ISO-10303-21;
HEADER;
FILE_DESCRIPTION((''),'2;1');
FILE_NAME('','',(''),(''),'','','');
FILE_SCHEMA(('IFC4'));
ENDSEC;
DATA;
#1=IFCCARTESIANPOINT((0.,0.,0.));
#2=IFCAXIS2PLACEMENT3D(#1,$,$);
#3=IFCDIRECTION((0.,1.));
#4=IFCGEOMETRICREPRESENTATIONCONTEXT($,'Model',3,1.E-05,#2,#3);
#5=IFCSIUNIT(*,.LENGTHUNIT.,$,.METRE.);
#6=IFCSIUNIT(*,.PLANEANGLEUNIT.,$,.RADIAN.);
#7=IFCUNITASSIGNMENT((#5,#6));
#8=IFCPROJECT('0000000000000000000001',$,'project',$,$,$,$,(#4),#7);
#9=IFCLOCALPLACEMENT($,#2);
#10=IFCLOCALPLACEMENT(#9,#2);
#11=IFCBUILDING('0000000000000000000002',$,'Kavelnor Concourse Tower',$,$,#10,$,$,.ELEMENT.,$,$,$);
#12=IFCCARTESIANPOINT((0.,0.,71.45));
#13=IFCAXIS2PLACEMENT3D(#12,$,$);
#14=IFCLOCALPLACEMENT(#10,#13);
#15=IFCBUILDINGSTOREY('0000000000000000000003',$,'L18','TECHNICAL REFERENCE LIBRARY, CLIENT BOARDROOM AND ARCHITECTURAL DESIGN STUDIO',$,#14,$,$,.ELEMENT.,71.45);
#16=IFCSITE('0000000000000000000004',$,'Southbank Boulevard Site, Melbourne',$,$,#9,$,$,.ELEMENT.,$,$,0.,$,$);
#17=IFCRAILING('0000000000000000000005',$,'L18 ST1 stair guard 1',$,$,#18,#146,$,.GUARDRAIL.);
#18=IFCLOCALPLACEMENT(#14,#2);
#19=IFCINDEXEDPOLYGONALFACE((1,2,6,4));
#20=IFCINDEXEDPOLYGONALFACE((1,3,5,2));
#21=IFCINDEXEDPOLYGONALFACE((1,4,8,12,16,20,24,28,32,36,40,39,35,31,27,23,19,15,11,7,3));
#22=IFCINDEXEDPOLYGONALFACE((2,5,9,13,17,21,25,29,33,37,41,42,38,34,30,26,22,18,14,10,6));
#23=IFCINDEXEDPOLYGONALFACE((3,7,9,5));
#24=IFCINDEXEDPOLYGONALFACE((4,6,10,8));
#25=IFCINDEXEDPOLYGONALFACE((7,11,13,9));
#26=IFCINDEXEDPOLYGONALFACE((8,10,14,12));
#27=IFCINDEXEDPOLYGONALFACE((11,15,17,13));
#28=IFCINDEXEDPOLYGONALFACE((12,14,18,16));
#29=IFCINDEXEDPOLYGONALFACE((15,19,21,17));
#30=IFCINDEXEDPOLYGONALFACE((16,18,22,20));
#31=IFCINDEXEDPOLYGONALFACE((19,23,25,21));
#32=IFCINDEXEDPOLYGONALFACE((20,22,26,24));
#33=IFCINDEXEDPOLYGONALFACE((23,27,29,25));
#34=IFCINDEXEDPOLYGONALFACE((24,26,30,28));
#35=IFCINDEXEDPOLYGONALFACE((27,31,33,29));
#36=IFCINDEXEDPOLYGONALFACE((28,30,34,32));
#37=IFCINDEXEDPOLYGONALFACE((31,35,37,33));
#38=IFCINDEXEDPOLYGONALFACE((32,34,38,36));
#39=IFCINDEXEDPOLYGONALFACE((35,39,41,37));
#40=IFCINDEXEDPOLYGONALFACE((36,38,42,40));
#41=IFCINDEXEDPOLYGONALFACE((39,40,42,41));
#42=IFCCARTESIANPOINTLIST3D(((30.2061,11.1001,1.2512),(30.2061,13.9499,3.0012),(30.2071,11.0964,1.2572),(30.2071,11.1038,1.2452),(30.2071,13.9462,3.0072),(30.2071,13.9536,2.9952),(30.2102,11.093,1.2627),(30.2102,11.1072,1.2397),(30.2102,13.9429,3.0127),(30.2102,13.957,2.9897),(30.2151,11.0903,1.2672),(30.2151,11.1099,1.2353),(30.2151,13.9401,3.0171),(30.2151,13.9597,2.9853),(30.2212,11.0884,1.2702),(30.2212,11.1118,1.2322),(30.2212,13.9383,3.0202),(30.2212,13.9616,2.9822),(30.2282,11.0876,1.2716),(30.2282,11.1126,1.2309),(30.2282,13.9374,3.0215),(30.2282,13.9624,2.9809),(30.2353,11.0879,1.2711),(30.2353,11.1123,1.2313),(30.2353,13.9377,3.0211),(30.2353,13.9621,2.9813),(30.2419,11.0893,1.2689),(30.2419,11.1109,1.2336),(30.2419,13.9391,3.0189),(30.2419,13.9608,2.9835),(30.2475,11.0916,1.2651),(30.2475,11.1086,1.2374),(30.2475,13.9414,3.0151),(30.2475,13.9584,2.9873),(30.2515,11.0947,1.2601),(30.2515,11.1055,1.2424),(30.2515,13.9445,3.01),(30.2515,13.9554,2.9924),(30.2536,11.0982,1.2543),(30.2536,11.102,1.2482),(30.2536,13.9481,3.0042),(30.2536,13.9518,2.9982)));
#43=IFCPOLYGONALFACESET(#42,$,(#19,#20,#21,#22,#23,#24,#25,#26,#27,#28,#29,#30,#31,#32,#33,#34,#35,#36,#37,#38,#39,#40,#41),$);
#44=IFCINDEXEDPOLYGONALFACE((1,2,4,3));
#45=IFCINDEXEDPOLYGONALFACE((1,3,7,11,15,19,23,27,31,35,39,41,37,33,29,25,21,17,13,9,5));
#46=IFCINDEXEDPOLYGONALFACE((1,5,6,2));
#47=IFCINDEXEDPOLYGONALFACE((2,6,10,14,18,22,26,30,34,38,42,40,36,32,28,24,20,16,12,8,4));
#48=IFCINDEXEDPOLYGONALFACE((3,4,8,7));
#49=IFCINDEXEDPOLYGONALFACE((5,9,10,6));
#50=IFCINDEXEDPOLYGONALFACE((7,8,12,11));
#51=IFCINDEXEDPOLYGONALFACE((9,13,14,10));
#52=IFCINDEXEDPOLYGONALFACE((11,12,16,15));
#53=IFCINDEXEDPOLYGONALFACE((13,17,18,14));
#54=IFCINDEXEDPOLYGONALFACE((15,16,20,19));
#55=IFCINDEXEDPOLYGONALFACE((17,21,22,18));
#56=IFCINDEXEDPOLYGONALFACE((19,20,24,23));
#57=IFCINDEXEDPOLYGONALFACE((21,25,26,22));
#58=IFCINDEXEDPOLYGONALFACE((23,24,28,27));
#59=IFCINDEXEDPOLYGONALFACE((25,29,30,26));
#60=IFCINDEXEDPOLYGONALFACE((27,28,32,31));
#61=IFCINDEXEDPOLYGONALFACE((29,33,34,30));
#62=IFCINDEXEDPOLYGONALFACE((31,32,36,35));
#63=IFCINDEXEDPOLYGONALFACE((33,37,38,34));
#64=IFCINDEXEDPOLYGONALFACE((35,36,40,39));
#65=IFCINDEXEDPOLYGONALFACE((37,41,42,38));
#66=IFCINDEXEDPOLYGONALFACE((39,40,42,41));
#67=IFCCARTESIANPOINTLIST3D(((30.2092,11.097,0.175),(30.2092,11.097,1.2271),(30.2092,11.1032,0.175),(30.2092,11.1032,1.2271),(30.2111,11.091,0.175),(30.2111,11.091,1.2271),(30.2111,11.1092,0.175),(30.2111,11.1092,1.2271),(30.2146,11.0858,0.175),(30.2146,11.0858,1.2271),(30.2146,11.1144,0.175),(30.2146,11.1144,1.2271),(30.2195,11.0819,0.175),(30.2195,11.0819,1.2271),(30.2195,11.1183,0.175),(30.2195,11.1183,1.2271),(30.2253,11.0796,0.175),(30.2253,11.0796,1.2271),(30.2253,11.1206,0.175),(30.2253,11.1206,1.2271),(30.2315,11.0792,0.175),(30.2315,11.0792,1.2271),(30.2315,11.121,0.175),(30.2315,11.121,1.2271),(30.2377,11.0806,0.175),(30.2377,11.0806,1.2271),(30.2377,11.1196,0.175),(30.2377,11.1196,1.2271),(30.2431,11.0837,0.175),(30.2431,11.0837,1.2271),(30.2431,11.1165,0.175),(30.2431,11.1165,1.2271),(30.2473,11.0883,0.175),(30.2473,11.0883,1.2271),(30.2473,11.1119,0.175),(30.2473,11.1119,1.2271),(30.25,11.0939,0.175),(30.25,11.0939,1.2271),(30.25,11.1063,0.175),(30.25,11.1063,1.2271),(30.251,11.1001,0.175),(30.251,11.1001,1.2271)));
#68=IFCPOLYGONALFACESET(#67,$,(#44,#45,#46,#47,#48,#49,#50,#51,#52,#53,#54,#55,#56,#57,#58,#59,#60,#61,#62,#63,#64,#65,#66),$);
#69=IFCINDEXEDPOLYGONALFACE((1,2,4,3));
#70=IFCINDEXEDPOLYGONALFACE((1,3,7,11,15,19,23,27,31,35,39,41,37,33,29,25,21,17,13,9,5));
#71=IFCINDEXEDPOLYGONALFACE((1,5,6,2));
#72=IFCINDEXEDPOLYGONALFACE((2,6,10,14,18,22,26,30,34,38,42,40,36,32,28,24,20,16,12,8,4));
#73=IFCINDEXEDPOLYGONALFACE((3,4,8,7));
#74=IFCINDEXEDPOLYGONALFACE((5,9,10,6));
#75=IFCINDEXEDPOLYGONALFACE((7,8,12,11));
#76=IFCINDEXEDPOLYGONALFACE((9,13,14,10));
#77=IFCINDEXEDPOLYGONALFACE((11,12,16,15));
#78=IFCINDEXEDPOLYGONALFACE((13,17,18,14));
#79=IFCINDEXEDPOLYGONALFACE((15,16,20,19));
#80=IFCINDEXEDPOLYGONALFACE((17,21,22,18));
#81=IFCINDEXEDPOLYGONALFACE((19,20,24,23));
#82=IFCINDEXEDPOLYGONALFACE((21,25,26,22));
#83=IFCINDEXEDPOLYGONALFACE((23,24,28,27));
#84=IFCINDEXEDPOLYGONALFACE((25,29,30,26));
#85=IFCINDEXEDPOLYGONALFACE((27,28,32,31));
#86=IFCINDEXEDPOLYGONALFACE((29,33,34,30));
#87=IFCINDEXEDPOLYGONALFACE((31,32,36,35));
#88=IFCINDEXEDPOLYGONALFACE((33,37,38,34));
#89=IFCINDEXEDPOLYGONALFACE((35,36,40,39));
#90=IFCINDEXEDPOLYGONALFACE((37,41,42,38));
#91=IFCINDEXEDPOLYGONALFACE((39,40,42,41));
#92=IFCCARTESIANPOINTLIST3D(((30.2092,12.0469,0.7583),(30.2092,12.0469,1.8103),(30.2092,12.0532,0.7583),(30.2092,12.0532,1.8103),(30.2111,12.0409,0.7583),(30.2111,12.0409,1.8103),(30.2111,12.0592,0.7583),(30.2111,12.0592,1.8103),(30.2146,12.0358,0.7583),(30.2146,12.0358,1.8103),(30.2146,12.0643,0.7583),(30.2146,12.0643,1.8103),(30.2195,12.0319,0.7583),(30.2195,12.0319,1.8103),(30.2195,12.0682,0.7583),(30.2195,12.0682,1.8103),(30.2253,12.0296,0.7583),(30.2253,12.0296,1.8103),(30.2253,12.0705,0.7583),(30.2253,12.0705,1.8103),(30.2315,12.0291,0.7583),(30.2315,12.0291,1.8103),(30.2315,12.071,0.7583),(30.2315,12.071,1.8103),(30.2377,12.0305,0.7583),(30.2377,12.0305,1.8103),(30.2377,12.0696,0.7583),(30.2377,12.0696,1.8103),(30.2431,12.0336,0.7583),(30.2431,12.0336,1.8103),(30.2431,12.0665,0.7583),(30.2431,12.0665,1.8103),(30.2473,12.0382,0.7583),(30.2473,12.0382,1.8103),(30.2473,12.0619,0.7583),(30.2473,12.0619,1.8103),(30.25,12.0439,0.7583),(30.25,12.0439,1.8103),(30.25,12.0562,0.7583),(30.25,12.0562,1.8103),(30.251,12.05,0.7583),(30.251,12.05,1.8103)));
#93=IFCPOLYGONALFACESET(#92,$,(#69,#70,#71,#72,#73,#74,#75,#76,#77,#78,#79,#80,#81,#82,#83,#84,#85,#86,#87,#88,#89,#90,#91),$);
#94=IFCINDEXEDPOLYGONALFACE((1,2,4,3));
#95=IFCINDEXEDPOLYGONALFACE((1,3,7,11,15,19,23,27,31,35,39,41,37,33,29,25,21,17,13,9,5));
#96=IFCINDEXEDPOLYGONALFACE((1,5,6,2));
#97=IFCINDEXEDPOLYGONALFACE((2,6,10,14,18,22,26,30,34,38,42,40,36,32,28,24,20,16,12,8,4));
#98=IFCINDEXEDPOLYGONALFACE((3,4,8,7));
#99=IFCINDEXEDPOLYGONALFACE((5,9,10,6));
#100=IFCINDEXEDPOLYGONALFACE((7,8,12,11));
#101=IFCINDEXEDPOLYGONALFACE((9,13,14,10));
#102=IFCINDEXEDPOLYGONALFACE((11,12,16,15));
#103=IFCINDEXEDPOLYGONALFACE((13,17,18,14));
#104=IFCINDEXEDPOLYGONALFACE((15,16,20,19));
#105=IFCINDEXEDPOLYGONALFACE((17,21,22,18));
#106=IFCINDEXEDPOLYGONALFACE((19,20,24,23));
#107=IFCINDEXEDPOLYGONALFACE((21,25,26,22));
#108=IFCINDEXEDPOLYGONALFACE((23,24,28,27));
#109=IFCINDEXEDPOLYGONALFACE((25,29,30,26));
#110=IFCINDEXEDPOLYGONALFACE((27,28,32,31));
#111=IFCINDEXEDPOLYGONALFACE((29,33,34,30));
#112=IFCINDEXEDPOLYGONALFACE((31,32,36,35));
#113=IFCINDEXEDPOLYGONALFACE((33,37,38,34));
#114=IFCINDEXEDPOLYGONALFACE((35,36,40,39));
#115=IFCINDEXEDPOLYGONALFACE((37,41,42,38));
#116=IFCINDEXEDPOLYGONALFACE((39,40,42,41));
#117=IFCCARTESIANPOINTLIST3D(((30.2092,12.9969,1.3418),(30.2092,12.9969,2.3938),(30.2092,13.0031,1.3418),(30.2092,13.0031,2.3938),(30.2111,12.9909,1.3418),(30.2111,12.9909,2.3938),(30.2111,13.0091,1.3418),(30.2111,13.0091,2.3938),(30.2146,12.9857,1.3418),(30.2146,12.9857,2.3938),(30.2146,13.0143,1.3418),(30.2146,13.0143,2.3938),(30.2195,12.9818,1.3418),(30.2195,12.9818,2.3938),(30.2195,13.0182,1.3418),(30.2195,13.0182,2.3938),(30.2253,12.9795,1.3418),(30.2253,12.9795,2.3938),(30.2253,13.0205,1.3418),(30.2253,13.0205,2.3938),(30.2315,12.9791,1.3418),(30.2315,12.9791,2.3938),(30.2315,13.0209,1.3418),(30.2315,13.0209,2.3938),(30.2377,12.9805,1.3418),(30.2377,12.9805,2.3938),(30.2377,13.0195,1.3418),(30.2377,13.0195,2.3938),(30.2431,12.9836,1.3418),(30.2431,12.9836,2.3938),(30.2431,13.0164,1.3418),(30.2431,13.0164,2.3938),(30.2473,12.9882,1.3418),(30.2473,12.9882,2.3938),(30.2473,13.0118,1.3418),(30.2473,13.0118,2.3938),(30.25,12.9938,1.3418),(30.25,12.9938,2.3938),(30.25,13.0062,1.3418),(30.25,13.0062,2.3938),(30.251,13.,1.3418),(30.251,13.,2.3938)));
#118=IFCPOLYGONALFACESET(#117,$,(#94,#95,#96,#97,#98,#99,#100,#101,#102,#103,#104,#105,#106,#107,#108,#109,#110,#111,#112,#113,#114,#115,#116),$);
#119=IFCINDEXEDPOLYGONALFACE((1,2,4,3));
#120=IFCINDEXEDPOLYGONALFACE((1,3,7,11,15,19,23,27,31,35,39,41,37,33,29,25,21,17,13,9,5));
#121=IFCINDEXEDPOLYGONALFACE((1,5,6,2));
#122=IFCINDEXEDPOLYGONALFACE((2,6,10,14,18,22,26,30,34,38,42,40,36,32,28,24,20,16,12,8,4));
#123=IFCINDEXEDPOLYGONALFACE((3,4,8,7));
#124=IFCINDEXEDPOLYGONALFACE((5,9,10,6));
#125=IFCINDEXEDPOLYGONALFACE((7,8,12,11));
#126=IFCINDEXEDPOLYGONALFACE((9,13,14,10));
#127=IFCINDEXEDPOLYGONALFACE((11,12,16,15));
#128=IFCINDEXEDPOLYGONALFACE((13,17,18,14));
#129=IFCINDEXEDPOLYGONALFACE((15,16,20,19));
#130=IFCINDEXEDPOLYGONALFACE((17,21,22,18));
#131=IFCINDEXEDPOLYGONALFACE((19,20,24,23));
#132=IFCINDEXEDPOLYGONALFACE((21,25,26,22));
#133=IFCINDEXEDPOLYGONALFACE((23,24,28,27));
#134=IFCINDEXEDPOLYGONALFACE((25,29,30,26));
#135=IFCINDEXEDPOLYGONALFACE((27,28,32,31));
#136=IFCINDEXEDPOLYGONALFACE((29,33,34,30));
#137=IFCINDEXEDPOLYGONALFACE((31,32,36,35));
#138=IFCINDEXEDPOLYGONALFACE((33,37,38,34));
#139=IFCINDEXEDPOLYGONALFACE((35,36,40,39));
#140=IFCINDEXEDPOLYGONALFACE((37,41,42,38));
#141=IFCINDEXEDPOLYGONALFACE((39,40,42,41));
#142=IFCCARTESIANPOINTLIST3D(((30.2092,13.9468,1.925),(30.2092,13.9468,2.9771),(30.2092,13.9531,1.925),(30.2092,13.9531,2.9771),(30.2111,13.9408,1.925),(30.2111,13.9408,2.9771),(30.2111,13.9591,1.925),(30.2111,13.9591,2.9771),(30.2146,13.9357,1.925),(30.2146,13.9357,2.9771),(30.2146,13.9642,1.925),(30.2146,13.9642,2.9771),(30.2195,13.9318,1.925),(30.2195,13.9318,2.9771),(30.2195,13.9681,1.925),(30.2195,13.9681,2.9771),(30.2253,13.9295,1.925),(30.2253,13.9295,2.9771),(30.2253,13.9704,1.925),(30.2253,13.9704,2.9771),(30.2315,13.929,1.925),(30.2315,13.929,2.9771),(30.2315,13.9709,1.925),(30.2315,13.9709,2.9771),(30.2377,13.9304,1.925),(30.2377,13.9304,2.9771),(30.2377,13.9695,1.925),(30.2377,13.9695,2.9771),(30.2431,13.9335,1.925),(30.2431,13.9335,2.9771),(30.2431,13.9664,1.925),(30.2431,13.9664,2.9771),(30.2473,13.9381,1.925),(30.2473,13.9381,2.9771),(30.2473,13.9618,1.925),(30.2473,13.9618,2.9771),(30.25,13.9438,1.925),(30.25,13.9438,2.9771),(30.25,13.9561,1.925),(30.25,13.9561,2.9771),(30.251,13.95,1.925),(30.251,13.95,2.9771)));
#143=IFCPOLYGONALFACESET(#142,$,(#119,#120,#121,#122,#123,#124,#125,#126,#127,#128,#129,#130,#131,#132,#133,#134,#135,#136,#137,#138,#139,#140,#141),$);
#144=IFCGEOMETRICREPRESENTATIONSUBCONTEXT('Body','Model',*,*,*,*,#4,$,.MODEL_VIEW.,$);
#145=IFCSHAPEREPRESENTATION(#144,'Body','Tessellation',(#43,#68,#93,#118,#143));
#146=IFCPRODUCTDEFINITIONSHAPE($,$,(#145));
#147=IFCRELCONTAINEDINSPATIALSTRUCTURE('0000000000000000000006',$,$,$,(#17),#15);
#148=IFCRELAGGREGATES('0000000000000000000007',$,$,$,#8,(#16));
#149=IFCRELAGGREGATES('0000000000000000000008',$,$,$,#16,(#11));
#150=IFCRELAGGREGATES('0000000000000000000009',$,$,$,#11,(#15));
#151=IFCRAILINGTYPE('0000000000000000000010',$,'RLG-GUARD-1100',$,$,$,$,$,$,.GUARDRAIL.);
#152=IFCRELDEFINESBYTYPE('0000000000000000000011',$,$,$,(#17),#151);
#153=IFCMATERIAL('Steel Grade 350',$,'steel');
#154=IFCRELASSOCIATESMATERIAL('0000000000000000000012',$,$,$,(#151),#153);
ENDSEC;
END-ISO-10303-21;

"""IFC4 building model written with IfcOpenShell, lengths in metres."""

from ifc_helpers import new_model, si_unit, direction, frame, origin, origin_2d, place, context, subcontext, project, spatial, circle, extrude, material, type_object, element, save


model = new_model("IFC4")

# Units and contexts
model_context = context("Model", 3, precision=1e-05, world=origin(), true_north=direction((0.0, 1.0)))
body_context = subcontext(model_context, "Body", "Model", "MODEL_VIEW")
ifc_project = project(units=[si_unit("LENGTHUNIT", "METRE"), si_unit("PLANEANGLEUNIT", "RADIAN")], contexts=[model_context])

# Site, building, storey
site_placement = place(None, origin())
site = spatial("IfcSite", under=ifc_project, at=site_placement, Name="Southbank Boulevard Site, Melbourne", CompositionType="ELEMENT", RefElevation=0.0)
building_placement = place(site_placement, origin())
building = spatial("IfcBuilding", under=site, at=building_placement, Name="Kavelnor Concourse Tower", CompositionType="ELEMENT")
storey_placement = place(building_placement, frame((0.0, 0.0, 71.45)))
storey = spatial("IfcBuildingStorey", under=building, at=storey_placement, Name="L18", Description="TECHNICAL REFERENCE LIBRARY, CLIENT BOARDROOM AND ARCHITECTURAL DESIGN STUDIO", CompositionType="ELEMENT", Elevation=71.45)

# Shared definitions
ifc_material_1 = material(Name="Steel Grade 350", Category="steel")

# Railing
railing_type_1 = type_object("IfcRailingType", Name="RLG-GUARD-1100", PredefinedType="GUARDRAIL", material=ifc_material_1)
railing_1_placement = place(storey_placement, frame((30.23, 11.1001, 0.175)))
element("IfcRailing", 1, at=railing_1_placement, inside=storey, type_object=railing_type_1, Name="L18 ST1 stair guard 1", PredefinedType="GUARDRAIL", context=body_context, shape_type="SweptSolid", body=[
    extrude(circle(Radius=0.0239, at=origin_2d()), frame((0.0, 0.0, 1.0762), z_axis=(0.0, 0.852159, 0.523283), x_axis=(-1.0, 0.0, 0.0)), (0.0, 0.0, 1.0), 3.3442),
    extrude(circle(Radius=0.021, at=origin_2d()), origin(), (0.0, 0.0, 1.0), 1.052),
    extrude(circle(Radius=0.021, at=origin_2d()), frame((0.0, 0.95, 0.5833)), (0.0, 0.0, 1.0), 1.052),
    extrude(circle(Radius=0.021, at=origin_2d()), frame((0.0, 1.8999, 1.1667)), (0.0, 0.0, 1.0), 1.052),
    extrude(circle(Radius=0.021, at=origin_2d()), frame((0.0, 2.8499, 1.75)), (0.0, 0.0, 1.0), 1.052),
])

save(model, "model.ifc")
